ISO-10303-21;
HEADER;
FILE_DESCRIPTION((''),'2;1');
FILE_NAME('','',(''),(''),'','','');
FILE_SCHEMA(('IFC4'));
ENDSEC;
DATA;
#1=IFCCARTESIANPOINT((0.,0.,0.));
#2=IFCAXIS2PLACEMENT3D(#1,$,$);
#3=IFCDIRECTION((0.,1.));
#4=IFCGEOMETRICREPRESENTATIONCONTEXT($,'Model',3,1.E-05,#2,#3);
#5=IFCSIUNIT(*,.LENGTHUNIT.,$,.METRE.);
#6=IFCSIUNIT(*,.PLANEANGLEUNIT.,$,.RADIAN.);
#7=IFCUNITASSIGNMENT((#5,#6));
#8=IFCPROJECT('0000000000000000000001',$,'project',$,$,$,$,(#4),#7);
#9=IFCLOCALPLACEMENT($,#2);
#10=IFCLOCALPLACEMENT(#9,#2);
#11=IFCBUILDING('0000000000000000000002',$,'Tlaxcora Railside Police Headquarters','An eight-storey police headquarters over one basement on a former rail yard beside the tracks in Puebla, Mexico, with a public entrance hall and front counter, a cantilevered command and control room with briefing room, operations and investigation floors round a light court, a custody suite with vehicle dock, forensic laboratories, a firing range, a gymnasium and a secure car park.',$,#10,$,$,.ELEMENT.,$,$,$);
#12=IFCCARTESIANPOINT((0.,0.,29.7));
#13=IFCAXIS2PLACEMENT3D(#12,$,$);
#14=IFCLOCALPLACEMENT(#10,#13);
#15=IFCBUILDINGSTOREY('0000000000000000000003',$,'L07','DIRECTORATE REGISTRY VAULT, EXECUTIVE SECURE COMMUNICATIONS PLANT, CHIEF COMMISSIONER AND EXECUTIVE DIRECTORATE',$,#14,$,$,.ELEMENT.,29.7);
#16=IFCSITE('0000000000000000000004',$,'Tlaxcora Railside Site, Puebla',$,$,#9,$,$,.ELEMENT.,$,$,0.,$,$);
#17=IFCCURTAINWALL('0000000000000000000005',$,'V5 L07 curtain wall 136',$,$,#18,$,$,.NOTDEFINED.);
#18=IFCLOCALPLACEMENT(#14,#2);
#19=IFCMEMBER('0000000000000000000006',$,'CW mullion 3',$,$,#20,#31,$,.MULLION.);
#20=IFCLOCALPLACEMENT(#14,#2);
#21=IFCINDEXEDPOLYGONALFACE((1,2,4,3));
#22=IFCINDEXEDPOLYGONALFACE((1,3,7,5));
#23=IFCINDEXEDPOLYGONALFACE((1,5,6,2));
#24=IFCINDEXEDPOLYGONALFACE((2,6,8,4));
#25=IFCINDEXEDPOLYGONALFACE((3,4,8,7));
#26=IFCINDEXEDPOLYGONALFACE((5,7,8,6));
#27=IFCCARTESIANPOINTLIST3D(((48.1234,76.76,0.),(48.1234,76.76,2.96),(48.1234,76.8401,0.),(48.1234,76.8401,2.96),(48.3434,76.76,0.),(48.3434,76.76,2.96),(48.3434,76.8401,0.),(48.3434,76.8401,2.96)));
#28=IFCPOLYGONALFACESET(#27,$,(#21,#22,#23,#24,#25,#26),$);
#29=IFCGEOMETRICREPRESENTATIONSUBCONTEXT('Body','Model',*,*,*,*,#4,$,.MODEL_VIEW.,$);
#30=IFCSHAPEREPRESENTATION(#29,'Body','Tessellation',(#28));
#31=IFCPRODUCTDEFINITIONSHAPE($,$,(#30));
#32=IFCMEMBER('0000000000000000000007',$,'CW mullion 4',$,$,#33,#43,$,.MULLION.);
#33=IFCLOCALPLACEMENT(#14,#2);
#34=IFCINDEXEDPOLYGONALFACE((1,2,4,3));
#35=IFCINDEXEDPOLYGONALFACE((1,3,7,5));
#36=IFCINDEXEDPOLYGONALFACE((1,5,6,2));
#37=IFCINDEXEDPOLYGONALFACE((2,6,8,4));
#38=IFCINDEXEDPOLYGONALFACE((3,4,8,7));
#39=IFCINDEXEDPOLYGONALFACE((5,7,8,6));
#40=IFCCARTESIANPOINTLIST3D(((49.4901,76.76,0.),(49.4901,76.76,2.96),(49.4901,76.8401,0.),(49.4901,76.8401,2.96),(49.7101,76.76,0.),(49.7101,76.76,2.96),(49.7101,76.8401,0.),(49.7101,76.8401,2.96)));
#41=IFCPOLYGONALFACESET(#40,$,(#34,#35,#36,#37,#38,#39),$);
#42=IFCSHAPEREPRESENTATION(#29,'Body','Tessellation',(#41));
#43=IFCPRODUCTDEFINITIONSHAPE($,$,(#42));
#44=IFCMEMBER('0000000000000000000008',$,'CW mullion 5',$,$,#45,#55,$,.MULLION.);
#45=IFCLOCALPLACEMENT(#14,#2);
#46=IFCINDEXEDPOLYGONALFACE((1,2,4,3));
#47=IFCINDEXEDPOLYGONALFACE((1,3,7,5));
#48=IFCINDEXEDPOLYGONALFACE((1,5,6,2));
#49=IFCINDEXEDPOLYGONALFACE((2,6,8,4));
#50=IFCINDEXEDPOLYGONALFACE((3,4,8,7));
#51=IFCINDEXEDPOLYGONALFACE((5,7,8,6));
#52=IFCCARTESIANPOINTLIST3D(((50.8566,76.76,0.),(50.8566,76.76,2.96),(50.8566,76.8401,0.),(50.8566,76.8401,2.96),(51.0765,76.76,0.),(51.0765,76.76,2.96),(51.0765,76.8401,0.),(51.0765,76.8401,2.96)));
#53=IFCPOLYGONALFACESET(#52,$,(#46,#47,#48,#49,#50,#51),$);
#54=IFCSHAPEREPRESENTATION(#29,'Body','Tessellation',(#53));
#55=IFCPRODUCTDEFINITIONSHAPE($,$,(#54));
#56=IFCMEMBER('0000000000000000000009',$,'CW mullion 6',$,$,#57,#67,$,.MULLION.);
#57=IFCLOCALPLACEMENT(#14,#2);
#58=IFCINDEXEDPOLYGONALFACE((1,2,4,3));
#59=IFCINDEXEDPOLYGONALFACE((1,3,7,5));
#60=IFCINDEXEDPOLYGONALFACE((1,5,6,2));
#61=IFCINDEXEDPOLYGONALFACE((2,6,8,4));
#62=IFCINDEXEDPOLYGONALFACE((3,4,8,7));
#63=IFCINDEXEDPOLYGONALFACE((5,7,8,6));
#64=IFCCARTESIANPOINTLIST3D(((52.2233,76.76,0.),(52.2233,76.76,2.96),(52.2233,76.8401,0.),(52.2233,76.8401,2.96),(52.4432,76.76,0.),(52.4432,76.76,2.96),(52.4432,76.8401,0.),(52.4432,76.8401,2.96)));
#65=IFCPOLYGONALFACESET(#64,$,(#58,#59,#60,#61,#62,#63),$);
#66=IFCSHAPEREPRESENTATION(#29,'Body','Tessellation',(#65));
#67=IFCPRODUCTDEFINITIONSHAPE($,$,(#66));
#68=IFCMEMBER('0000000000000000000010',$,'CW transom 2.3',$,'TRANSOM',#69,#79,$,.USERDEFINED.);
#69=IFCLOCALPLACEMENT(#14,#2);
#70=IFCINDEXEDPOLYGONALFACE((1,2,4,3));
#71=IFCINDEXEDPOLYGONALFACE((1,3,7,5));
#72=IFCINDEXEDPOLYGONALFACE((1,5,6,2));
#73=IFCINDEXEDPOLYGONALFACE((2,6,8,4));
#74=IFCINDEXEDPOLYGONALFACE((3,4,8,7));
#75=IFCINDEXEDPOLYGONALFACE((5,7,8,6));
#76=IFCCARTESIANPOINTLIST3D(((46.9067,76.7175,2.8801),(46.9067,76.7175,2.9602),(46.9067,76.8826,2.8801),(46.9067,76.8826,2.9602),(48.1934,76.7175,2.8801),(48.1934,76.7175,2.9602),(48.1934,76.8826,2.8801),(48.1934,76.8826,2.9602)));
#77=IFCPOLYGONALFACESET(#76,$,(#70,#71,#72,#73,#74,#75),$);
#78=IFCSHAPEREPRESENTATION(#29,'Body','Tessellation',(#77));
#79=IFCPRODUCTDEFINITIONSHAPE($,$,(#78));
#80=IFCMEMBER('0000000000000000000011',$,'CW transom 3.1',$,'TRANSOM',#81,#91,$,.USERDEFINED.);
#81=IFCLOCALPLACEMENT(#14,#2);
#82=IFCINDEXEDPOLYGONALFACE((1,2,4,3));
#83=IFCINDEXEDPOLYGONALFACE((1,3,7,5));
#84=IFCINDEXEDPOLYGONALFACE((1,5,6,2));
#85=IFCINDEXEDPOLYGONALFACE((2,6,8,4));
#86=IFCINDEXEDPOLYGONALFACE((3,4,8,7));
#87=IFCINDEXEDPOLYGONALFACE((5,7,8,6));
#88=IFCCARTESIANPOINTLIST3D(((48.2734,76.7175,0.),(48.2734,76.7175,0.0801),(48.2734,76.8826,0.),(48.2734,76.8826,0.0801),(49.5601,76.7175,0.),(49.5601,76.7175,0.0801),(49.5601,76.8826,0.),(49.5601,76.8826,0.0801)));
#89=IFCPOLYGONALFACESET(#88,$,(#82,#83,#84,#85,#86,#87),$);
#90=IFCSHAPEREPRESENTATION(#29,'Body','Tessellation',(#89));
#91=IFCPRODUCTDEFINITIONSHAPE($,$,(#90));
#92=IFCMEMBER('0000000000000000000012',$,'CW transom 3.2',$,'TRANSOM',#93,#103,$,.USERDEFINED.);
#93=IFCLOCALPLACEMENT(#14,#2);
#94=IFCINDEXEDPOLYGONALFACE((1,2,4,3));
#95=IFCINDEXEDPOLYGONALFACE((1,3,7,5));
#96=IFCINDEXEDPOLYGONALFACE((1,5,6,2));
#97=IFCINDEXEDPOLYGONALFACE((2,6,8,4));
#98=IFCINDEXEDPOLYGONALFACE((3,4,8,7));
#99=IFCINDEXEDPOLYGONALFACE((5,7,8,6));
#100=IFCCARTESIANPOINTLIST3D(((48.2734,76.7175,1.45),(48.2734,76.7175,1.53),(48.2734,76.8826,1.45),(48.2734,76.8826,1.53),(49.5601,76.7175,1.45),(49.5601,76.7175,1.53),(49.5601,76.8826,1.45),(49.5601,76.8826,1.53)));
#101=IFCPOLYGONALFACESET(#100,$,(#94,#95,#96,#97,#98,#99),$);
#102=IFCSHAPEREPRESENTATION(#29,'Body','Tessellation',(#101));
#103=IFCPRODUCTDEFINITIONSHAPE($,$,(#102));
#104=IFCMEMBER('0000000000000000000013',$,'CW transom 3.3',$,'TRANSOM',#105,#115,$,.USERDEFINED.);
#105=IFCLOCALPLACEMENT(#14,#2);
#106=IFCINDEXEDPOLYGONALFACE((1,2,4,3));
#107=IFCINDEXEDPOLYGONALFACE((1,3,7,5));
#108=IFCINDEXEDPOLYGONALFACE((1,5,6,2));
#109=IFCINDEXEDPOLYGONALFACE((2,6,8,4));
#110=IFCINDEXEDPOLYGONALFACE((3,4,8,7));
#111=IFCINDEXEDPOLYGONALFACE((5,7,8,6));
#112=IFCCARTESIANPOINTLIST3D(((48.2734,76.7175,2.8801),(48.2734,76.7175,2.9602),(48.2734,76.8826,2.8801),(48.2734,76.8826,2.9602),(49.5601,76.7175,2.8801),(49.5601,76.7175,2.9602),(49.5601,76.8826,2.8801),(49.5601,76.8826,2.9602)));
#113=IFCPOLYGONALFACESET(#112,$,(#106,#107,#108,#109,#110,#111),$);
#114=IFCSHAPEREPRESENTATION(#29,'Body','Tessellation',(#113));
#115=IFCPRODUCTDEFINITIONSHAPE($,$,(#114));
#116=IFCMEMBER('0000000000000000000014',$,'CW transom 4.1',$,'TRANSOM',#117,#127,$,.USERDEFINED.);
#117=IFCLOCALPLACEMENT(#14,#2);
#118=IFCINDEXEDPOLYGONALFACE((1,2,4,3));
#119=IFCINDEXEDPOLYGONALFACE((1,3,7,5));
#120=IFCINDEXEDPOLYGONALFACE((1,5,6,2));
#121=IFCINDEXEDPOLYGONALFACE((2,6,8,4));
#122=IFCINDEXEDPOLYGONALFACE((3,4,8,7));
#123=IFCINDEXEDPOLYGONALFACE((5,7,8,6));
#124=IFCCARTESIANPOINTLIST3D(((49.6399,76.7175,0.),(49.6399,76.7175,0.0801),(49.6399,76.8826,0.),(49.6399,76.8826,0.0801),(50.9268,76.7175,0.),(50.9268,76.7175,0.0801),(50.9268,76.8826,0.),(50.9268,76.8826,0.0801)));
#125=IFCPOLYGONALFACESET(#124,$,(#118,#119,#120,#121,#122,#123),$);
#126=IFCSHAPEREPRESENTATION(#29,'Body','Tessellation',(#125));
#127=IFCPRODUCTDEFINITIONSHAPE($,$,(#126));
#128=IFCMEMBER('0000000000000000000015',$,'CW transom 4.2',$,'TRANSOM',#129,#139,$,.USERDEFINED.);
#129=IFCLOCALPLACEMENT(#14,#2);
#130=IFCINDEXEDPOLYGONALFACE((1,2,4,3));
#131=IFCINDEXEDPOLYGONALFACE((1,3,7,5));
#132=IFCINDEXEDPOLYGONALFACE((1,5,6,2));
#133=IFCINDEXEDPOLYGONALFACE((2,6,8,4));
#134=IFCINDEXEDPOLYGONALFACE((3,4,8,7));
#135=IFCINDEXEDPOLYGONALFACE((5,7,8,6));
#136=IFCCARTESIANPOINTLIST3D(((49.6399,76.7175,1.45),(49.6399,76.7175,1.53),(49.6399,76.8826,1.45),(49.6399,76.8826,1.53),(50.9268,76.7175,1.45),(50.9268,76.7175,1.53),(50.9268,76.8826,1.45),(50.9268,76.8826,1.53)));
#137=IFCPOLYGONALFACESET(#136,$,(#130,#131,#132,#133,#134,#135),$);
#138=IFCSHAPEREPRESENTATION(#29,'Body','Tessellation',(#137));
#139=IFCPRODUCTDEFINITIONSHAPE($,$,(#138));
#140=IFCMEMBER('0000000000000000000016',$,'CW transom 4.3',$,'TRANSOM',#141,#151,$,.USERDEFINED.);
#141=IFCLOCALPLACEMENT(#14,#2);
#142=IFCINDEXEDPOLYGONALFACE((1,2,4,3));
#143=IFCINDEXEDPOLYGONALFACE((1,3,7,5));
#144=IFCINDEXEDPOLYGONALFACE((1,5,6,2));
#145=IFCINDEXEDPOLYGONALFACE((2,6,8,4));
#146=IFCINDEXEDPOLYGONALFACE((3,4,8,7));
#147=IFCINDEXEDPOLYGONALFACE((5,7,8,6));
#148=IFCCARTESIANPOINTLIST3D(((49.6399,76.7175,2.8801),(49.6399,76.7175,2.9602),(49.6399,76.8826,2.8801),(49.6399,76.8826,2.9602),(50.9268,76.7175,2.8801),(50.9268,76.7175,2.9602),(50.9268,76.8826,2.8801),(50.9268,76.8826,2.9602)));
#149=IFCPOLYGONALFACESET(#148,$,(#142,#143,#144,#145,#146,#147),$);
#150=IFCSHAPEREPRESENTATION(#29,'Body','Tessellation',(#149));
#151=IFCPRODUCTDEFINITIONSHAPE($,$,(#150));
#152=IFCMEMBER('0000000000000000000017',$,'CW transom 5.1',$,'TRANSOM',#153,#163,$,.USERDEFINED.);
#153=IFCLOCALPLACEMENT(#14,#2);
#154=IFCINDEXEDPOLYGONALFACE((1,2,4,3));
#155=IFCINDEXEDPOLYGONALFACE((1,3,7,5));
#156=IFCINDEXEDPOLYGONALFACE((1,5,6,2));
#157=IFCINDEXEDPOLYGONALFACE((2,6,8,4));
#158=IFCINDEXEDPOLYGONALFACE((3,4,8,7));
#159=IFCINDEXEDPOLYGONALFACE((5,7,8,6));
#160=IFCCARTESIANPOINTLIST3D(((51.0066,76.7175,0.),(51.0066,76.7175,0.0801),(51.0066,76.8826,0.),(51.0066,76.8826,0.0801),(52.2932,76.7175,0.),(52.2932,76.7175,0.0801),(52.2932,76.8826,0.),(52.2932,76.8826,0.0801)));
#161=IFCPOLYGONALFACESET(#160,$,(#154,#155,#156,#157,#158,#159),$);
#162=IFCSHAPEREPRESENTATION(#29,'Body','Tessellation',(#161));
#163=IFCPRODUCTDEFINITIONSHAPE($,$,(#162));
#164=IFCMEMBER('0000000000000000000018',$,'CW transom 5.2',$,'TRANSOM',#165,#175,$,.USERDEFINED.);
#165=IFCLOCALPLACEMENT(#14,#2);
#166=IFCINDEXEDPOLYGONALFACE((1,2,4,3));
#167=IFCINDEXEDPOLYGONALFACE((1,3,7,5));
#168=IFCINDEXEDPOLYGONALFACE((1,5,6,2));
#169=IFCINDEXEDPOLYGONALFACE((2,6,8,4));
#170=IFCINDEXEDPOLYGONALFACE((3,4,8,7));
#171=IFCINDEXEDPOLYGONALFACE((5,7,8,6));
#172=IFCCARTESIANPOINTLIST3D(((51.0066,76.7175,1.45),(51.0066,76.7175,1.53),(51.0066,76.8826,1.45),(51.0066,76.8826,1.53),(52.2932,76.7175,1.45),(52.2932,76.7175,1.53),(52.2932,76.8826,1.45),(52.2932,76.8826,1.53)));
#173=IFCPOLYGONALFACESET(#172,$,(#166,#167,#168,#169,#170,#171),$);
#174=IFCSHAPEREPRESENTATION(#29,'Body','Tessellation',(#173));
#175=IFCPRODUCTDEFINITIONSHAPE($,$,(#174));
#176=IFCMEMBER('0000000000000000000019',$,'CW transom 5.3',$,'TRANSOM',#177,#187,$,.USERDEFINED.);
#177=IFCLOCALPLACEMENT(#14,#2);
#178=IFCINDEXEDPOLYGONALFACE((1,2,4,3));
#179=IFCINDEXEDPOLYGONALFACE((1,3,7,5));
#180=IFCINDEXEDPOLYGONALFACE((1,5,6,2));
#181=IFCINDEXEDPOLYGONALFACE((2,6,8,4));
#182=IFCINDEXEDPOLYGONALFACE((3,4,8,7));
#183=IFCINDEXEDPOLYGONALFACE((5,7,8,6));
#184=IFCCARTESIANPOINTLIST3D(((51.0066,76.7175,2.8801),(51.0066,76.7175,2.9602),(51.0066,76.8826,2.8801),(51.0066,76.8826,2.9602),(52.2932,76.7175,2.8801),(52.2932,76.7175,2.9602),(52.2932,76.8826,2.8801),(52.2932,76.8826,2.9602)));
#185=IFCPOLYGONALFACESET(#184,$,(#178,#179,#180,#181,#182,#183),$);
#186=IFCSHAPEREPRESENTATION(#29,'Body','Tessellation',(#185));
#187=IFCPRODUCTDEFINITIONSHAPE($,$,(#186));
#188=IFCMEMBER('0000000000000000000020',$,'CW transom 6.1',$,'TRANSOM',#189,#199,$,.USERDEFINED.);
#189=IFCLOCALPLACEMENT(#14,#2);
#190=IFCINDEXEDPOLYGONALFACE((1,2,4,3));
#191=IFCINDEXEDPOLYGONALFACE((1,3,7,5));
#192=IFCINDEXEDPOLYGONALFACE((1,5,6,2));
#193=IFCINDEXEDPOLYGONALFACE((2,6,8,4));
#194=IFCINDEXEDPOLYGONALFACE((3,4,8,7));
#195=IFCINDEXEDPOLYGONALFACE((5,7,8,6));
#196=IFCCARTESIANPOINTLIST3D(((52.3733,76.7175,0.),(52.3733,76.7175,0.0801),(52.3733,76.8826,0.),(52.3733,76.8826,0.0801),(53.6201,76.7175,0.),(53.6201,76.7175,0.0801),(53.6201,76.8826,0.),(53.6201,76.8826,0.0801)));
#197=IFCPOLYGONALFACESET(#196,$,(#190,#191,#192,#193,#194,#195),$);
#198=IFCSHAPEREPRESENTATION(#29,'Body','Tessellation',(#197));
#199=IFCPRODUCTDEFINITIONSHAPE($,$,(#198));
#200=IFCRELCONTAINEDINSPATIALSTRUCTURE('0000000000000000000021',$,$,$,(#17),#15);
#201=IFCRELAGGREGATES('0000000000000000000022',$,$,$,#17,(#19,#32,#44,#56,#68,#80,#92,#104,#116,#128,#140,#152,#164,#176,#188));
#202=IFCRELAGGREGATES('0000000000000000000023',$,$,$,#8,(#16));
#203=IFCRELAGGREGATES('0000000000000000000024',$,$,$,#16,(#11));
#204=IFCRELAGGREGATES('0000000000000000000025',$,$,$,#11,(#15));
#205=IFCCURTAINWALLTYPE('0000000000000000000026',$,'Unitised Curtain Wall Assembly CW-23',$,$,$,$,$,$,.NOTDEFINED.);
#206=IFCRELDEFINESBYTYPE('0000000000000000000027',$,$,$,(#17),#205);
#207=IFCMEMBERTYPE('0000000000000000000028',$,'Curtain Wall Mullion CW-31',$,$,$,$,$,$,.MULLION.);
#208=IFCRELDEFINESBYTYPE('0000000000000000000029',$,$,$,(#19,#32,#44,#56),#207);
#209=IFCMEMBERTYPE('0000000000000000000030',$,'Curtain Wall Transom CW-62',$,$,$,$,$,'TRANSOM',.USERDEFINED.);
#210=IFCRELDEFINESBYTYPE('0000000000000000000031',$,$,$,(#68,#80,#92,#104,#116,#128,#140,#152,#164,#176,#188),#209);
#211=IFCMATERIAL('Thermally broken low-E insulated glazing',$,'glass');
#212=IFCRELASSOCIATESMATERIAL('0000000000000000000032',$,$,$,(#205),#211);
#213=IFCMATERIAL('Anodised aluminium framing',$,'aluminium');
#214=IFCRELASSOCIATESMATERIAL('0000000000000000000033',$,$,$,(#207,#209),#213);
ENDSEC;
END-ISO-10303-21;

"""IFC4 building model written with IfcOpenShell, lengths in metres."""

from ifc_helpers import new_model, si_unit, direction, frame, origin, origin_2d, place, context, subcontext, project, spatial, rectangle, extrude, material, material_profile, profile_set, type_object, element, aggregate, save


model = new_model("IFC4")

# Units and contexts
model_context = context("Model", 3, precision=1e-05, world=origin(), true_north=direction((0.0, 1.0)))
body_context = subcontext(model_context, "Body", "Model", "MODEL_VIEW")
ifc_project = project(units=[si_unit("LENGTHUNIT", "METRE"), si_unit("PLANEANGLEUNIT", "RADIAN")], contexts=[model_context])

# Site, building, storey
site_placement = place(None, origin())
site = spatial("IfcSite", under=ifc_project, at=site_placement, Name="Tlaxcora Railside Site, Puebla", CompositionType="ELEMENT", RefElevation=0.0)
building_placement = place(site_placement, origin())
building = spatial("IfcBuilding", under=site, at=building_placement, Name="Tlaxcora Railside Police Headquarters", Description="An eight-storey police headquarters over one basement on a former rail yard beside the tracks in Puebla, Mexico, with a public entrance hall and front counter, a cantilevered command and control room with briefing room, operations and investigation floors round a light court, a custody suite with vehicle dock, forensic laboratories, a firing range, a gymnasium and a secure car park.", CompositionType="ELEMENT")
storey_placement = place(building_placement, frame((0.0, 0.0, 29.7)))
storey = spatial("IfcBuildingStorey", under=building, at=storey_placement, Name="L07", Description="DIRECTORATE REGISTRY VAULT, EXECUTIVE SECURE COMMUNICATIONS PLANT, CHIEF COMMISSIONER AND EXECUTIVE DIRECTORATE", CompositionType="ELEMENT", Elevation=29.7)

# Curtain wall, members
ifc_material_1 = material(Name="Thermally broken low-E insulated glazing", Category="glass")
curtain_wall_type = type_object("IfcCurtainWallType", Name="Unitised Curtain Wall Assembly CW-23", PredefinedType="NOTDEFINED", material=ifc_material_1)
curtain_wall_placement = place(storey_placement, origin())
curtain_wall = element("IfcCurtainWall", 1, at=curtain_wall_placement, inside=storey, type_object=curtain_wall_type, Name="V5 L07 curtain wall 136", PredefinedType="NOTDEFINED")
ifc_material_2 = material(Name="Anodised aluminium framing", Category="aluminium")
ifc_material_profile_1 = material_profile(ifc_material_2, rectangle(XDim=0.0801, YDim=0.22, at=origin_2d()), Name="AL80X220")
ifc_profile_set_1 = profile_set([ifc_material_profile_1], Name="Anodised aluminium framing")
member_type_1 = type_object("IfcMemberType", Name="Curtain Wall Mullion CW-31", PredefinedType="MULLION", material=ifc_profile_set_1)
member_1_placement = place(storey_placement, frame((48.2334, 76.8, 0.0), z_axis=(0.0, 0.0, 1.0), x_axis=(0.0, 1.0, 0.0)))
member_1 = element("IfcMember", 2, at=member_1_placement, type_object=member_type_1, Name="CW mullion 3", PredefinedType="MULLION", context=body_context, shape_type="SweptSolid", body=[
    extrude(rectangle(XDim=0.0801, YDim=0.22, at=origin_2d()), origin(), (0.0, 0.0, 1.0), 2.96),
])
member_2_placement = place(storey_placement, frame((49.6001, 76.8, 0.0), z_axis=(0.0, 0.0, 1.0), x_axis=(0.0, 1.0, 0.0)))
member_2 = element("IfcMember", 3, at=member_2_placement, type_object=member_type_1, Name="CW mullion 4", PredefinedType="MULLION", context=body_context, shape_type="SweptSolid", body=[
    extrude(rectangle(XDim=0.0801, YDim=0.22, at=origin_2d()), origin(), (0.0, 0.0, 1.0), 2.96),
])
member_3_placement = place(storey_placement, frame((50.9666, 76.8, 0.0), z_axis=(0.0, 0.0, 1.0), x_axis=(0.0, 1.0, 0.0)))
member_3 = element("IfcMember", 4, at=member_3_placement, type_object=member_type_1, Name="CW mullion 5", PredefinedType="MULLION", context=body_context, shape_type="SweptSolid", body=[
    extrude(rectangle(XDim=0.0801, YDim=0.22, at=origin_2d()), origin(), (0.0, 0.0, 1.0), 2.96),
])
member_4_placement = place(storey_placement, frame((52.3333, 76.8, 0.0), z_axis=(0.0, 0.0, 1.0), x_axis=(0.0, 1.0, 0.0)))
member_4 = element("IfcMember", 5, at=member_4_placement, type_object=member_type_1, Name="CW mullion 6", PredefinedType="MULLION", context=body_context, shape_type="SweptSolid", body=[
    extrude(rectangle(XDim=0.0801, YDim=0.22, at=origin_2d()), origin(), (0.0, 0.0, 1.0), 2.96),
])
ifc_material_profile_2 = material_profile(ifc_material_2, rectangle(XDim=0.165, YDim=0.0801, at=origin_2d()), Name="AL80X165")
ifc_profile_set_2 = profile_set([ifc_material_profile_2], Name="Anodised aluminium framing")
member_type_2 = type_object("IfcMemberType", Name="Curtain Wall Transom CW-62", ElementType="TRANSOM", PredefinedType="USERDEFINED", material=ifc_profile_set_2)
member_5_placement = place(storey_placement, frame((46.9067, 76.8, 2.9202), z_axis=(1.0, 0.0, 0.0), x_axis=(0.0, 1.0, 0.0)))
member_5 = element("IfcMember", 6, at=member_5_placement, type_object=member_type_2, Name="CW transom 2.3", ObjectType="TRANSOM", PredefinedType="USERDEFINED", context=body_context, shape_type="SweptSolid", body=[
    extrude(rectangle(XDim=0.165, YDim=0.0801, at=origin_2d()), origin(), (0.0, 0.0, 1.0), 1.2866),
])
member_6_placement = place(storey_placement, frame((48.2734, 76.8, 0.04), z_axis=(1.0, 0.0, 0.0), x_axis=(0.0, 1.0, 0.0)))
member_6 = element("IfcMember", 7, at=member_6_placement, type_object=member_type_2, Name="CW transom 3.1", ObjectType="TRANSOM", PredefinedType="USERDEFINED", context=body_context, shape_type="SweptSolid", body=[
    extrude(rectangle(XDim=0.165, YDim=0.0801, at=origin_2d()), origin(), (0.0, 0.0, 1.0), 1.2866),
])
member_7_placement = place(storey_placement, frame((48.2734, 76.8, 1.49), z_axis=(1.0, 0.0, 0.0), x_axis=(0.0, 1.0, 0.0)))
member_7 = element("IfcMember", 8, at=member_7_placement, type_object=member_type_2, Name="CW transom 3.2", ObjectType="TRANSOM", PredefinedType="USERDEFINED", context=body_context, shape_type="SweptSolid", body=[
    extrude(rectangle(XDim=0.165, YDim=0.0801, at=origin_2d()), origin(), (0.0, 0.0, 1.0), 1.2866),
])
member_8_placement = place(storey_placement, frame((48.2734, 76.8, 2.9202), z_axis=(1.0, 0.0, 0.0), x_axis=(0.0, 1.0, 0.0)))
member_8 = element("IfcMember", 9, at=member_8_placement, type_object=member_type_2, Name="CW transom 3.3", ObjectType="TRANSOM", PredefinedType="USERDEFINED", context=body_context, shape_type="SweptSolid", body=[
    extrude(rectangle(XDim=0.165, YDim=0.0801, at=origin_2d()), origin(), (0.0, 0.0, 1.0), 1.2866),
])
member_9_placement = place(storey_placement, frame((49.6399, 76.8, 0.04), z_axis=(1.0, 0.0, 0.0), x_axis=(0.0, 1.0, 0.0)))
member_9 = element("IfcMember", 10, at=member_9_placement, type_object=member_type_2, Name="CW transom 4.1", ObjectType="TRANSOM", PredefinedType="USERDEFINED", context=body_context, shape_type="SweptSolid", body=[
    extrude(rectangle(XDim=0.165, YDim=0.0801, at=origin_2d()), origin(), (0.0, 0.0, 1.0), 1.2869),
])
member_10_placement = place(storey_placement, frame((49.6399, 76.8, 1.49), z_axis=(1.0, 0.0, 0.0), x_axis=(0.0, 1.0, 0.0)))
member_10 = element("IfcMember", 11, at=member_10_placement, type_object=member_type_2, Name="CW transom 4.2", ObjectType="TRANSOM", PredefinedType="USERDEFINED", context=body_context, shape_type="SweptSolid", body=[
    extrude(rectangle(XDim=0.165, YDim=0.0801, at=origin_2d()), origin(), (0.0, 0.0, 1.0), 1.2869),
])
member_11_placement = place(storey_placement, frame((49.6399, 76.8, 2.9202), z_axis=(1.0, 0.0, 0.0), x_axis=(0.0, 1.0, 0.0)))
member_11 = element("IfcMember", 12, at=member_11_placement, type_object=member_type_2, Name="CW transom 4.3", ObjectType="TRANSOM", PredefinedType="USERDEFINED", context=body_context, shape_type="SweptSolid", body=[
    extrude(rectangle(XDim=0.165, YDim=0.0801, at=origin_2d()), origin(), (0.0, 0.0, 1.0), 1.2869),
])
member_12_placement = place(storey_placement, frame((51.0066, 76.8, 0.04), z_axis=(1.0, 0.0, 0.0), x_axis=(0.0, 1.0, 0.0)))
member_12 = element("IfcMember", 13, at=member_12_placement, type_object=member_type_2, Name="CW transom 5.1", ObjectType="TRANSOM", PredefinedType="USERDEFINED", context=body_context, shape_type="SweptSolid", body=[
    extrude(rectangle(XDim=0.165, YDim=0.0801, at=origin_2d()), origin(), (0.0, 0.0, 1.0), 1.2866),
])
member_13_placement = place(storey_placement, frame((51.0066, 76.8, 1.49), z_axis=(1.0, 0.0, 0.0), x_axis=(0.0, 1.0, 0.0)))
member_13 = element("IfcMember", 14, at=member_13_placement, type_object=member_type_2, Name="CW transom 5.2", ObjectType="TRANSOM", PredefinedType="USERDEFINED", context=body_context, shape_type="SweptSolid", body=[
    extrude(rectangle(XDim=0.165, YDim=0.0801, at=origin_2d()), origin(), (0.0, 0.0, 1.0), 1.2866),
])
member_14_placement = place(storey_placement, frame((51.0066, 76.8, 2.9202), z_axis=(1.0, 0.0, 0.0), x_axis=(0.0, 1.0, 0.0)))
member_14 = element("IfcMember", 15, at=member_14_placement, type_object=member_type_2, Name="CW transom 5.3", ObjectType="TRANSOM", PredefinedType="USERDEFINED", context=body_context, shape_type="SweptSolid", body=[
    extrude(rectangle(XDim=0.165, YDim=0.0801, at=origin_2d()), origin(), (0.0, 0.0, 1.0), 1.2866),
])
member_15_placement = place(storey_placement, frame((52.3733, 76.8, 0.04), z_axis=(1.0, 0.0, 0.0), x_axis=(0.0, 1.0, 0.0)))
member_15 = element("IfcMember", 16, at=member_15_placement, type_object=member_type_2, Name="CW transom 6.1", ObjectType="TRANSOM", PredefinedType="USERDEFINED", context=body_context, shape_type="SweptSolid", body=[
    extrude(rectangle(XDim=0.165, YDim=0.0801, at=origin_2d()), origin(), (0.0, 0.0, 1.0), 1.2468),
])
aggregate(curtain_wall, [member_1, member_2, member_3, member_4, member_5, member_6, member_7, member_8, member_9, member_10, member_11, member_12, member_13, member_14, member_15])

save(model, "model.ifc")
